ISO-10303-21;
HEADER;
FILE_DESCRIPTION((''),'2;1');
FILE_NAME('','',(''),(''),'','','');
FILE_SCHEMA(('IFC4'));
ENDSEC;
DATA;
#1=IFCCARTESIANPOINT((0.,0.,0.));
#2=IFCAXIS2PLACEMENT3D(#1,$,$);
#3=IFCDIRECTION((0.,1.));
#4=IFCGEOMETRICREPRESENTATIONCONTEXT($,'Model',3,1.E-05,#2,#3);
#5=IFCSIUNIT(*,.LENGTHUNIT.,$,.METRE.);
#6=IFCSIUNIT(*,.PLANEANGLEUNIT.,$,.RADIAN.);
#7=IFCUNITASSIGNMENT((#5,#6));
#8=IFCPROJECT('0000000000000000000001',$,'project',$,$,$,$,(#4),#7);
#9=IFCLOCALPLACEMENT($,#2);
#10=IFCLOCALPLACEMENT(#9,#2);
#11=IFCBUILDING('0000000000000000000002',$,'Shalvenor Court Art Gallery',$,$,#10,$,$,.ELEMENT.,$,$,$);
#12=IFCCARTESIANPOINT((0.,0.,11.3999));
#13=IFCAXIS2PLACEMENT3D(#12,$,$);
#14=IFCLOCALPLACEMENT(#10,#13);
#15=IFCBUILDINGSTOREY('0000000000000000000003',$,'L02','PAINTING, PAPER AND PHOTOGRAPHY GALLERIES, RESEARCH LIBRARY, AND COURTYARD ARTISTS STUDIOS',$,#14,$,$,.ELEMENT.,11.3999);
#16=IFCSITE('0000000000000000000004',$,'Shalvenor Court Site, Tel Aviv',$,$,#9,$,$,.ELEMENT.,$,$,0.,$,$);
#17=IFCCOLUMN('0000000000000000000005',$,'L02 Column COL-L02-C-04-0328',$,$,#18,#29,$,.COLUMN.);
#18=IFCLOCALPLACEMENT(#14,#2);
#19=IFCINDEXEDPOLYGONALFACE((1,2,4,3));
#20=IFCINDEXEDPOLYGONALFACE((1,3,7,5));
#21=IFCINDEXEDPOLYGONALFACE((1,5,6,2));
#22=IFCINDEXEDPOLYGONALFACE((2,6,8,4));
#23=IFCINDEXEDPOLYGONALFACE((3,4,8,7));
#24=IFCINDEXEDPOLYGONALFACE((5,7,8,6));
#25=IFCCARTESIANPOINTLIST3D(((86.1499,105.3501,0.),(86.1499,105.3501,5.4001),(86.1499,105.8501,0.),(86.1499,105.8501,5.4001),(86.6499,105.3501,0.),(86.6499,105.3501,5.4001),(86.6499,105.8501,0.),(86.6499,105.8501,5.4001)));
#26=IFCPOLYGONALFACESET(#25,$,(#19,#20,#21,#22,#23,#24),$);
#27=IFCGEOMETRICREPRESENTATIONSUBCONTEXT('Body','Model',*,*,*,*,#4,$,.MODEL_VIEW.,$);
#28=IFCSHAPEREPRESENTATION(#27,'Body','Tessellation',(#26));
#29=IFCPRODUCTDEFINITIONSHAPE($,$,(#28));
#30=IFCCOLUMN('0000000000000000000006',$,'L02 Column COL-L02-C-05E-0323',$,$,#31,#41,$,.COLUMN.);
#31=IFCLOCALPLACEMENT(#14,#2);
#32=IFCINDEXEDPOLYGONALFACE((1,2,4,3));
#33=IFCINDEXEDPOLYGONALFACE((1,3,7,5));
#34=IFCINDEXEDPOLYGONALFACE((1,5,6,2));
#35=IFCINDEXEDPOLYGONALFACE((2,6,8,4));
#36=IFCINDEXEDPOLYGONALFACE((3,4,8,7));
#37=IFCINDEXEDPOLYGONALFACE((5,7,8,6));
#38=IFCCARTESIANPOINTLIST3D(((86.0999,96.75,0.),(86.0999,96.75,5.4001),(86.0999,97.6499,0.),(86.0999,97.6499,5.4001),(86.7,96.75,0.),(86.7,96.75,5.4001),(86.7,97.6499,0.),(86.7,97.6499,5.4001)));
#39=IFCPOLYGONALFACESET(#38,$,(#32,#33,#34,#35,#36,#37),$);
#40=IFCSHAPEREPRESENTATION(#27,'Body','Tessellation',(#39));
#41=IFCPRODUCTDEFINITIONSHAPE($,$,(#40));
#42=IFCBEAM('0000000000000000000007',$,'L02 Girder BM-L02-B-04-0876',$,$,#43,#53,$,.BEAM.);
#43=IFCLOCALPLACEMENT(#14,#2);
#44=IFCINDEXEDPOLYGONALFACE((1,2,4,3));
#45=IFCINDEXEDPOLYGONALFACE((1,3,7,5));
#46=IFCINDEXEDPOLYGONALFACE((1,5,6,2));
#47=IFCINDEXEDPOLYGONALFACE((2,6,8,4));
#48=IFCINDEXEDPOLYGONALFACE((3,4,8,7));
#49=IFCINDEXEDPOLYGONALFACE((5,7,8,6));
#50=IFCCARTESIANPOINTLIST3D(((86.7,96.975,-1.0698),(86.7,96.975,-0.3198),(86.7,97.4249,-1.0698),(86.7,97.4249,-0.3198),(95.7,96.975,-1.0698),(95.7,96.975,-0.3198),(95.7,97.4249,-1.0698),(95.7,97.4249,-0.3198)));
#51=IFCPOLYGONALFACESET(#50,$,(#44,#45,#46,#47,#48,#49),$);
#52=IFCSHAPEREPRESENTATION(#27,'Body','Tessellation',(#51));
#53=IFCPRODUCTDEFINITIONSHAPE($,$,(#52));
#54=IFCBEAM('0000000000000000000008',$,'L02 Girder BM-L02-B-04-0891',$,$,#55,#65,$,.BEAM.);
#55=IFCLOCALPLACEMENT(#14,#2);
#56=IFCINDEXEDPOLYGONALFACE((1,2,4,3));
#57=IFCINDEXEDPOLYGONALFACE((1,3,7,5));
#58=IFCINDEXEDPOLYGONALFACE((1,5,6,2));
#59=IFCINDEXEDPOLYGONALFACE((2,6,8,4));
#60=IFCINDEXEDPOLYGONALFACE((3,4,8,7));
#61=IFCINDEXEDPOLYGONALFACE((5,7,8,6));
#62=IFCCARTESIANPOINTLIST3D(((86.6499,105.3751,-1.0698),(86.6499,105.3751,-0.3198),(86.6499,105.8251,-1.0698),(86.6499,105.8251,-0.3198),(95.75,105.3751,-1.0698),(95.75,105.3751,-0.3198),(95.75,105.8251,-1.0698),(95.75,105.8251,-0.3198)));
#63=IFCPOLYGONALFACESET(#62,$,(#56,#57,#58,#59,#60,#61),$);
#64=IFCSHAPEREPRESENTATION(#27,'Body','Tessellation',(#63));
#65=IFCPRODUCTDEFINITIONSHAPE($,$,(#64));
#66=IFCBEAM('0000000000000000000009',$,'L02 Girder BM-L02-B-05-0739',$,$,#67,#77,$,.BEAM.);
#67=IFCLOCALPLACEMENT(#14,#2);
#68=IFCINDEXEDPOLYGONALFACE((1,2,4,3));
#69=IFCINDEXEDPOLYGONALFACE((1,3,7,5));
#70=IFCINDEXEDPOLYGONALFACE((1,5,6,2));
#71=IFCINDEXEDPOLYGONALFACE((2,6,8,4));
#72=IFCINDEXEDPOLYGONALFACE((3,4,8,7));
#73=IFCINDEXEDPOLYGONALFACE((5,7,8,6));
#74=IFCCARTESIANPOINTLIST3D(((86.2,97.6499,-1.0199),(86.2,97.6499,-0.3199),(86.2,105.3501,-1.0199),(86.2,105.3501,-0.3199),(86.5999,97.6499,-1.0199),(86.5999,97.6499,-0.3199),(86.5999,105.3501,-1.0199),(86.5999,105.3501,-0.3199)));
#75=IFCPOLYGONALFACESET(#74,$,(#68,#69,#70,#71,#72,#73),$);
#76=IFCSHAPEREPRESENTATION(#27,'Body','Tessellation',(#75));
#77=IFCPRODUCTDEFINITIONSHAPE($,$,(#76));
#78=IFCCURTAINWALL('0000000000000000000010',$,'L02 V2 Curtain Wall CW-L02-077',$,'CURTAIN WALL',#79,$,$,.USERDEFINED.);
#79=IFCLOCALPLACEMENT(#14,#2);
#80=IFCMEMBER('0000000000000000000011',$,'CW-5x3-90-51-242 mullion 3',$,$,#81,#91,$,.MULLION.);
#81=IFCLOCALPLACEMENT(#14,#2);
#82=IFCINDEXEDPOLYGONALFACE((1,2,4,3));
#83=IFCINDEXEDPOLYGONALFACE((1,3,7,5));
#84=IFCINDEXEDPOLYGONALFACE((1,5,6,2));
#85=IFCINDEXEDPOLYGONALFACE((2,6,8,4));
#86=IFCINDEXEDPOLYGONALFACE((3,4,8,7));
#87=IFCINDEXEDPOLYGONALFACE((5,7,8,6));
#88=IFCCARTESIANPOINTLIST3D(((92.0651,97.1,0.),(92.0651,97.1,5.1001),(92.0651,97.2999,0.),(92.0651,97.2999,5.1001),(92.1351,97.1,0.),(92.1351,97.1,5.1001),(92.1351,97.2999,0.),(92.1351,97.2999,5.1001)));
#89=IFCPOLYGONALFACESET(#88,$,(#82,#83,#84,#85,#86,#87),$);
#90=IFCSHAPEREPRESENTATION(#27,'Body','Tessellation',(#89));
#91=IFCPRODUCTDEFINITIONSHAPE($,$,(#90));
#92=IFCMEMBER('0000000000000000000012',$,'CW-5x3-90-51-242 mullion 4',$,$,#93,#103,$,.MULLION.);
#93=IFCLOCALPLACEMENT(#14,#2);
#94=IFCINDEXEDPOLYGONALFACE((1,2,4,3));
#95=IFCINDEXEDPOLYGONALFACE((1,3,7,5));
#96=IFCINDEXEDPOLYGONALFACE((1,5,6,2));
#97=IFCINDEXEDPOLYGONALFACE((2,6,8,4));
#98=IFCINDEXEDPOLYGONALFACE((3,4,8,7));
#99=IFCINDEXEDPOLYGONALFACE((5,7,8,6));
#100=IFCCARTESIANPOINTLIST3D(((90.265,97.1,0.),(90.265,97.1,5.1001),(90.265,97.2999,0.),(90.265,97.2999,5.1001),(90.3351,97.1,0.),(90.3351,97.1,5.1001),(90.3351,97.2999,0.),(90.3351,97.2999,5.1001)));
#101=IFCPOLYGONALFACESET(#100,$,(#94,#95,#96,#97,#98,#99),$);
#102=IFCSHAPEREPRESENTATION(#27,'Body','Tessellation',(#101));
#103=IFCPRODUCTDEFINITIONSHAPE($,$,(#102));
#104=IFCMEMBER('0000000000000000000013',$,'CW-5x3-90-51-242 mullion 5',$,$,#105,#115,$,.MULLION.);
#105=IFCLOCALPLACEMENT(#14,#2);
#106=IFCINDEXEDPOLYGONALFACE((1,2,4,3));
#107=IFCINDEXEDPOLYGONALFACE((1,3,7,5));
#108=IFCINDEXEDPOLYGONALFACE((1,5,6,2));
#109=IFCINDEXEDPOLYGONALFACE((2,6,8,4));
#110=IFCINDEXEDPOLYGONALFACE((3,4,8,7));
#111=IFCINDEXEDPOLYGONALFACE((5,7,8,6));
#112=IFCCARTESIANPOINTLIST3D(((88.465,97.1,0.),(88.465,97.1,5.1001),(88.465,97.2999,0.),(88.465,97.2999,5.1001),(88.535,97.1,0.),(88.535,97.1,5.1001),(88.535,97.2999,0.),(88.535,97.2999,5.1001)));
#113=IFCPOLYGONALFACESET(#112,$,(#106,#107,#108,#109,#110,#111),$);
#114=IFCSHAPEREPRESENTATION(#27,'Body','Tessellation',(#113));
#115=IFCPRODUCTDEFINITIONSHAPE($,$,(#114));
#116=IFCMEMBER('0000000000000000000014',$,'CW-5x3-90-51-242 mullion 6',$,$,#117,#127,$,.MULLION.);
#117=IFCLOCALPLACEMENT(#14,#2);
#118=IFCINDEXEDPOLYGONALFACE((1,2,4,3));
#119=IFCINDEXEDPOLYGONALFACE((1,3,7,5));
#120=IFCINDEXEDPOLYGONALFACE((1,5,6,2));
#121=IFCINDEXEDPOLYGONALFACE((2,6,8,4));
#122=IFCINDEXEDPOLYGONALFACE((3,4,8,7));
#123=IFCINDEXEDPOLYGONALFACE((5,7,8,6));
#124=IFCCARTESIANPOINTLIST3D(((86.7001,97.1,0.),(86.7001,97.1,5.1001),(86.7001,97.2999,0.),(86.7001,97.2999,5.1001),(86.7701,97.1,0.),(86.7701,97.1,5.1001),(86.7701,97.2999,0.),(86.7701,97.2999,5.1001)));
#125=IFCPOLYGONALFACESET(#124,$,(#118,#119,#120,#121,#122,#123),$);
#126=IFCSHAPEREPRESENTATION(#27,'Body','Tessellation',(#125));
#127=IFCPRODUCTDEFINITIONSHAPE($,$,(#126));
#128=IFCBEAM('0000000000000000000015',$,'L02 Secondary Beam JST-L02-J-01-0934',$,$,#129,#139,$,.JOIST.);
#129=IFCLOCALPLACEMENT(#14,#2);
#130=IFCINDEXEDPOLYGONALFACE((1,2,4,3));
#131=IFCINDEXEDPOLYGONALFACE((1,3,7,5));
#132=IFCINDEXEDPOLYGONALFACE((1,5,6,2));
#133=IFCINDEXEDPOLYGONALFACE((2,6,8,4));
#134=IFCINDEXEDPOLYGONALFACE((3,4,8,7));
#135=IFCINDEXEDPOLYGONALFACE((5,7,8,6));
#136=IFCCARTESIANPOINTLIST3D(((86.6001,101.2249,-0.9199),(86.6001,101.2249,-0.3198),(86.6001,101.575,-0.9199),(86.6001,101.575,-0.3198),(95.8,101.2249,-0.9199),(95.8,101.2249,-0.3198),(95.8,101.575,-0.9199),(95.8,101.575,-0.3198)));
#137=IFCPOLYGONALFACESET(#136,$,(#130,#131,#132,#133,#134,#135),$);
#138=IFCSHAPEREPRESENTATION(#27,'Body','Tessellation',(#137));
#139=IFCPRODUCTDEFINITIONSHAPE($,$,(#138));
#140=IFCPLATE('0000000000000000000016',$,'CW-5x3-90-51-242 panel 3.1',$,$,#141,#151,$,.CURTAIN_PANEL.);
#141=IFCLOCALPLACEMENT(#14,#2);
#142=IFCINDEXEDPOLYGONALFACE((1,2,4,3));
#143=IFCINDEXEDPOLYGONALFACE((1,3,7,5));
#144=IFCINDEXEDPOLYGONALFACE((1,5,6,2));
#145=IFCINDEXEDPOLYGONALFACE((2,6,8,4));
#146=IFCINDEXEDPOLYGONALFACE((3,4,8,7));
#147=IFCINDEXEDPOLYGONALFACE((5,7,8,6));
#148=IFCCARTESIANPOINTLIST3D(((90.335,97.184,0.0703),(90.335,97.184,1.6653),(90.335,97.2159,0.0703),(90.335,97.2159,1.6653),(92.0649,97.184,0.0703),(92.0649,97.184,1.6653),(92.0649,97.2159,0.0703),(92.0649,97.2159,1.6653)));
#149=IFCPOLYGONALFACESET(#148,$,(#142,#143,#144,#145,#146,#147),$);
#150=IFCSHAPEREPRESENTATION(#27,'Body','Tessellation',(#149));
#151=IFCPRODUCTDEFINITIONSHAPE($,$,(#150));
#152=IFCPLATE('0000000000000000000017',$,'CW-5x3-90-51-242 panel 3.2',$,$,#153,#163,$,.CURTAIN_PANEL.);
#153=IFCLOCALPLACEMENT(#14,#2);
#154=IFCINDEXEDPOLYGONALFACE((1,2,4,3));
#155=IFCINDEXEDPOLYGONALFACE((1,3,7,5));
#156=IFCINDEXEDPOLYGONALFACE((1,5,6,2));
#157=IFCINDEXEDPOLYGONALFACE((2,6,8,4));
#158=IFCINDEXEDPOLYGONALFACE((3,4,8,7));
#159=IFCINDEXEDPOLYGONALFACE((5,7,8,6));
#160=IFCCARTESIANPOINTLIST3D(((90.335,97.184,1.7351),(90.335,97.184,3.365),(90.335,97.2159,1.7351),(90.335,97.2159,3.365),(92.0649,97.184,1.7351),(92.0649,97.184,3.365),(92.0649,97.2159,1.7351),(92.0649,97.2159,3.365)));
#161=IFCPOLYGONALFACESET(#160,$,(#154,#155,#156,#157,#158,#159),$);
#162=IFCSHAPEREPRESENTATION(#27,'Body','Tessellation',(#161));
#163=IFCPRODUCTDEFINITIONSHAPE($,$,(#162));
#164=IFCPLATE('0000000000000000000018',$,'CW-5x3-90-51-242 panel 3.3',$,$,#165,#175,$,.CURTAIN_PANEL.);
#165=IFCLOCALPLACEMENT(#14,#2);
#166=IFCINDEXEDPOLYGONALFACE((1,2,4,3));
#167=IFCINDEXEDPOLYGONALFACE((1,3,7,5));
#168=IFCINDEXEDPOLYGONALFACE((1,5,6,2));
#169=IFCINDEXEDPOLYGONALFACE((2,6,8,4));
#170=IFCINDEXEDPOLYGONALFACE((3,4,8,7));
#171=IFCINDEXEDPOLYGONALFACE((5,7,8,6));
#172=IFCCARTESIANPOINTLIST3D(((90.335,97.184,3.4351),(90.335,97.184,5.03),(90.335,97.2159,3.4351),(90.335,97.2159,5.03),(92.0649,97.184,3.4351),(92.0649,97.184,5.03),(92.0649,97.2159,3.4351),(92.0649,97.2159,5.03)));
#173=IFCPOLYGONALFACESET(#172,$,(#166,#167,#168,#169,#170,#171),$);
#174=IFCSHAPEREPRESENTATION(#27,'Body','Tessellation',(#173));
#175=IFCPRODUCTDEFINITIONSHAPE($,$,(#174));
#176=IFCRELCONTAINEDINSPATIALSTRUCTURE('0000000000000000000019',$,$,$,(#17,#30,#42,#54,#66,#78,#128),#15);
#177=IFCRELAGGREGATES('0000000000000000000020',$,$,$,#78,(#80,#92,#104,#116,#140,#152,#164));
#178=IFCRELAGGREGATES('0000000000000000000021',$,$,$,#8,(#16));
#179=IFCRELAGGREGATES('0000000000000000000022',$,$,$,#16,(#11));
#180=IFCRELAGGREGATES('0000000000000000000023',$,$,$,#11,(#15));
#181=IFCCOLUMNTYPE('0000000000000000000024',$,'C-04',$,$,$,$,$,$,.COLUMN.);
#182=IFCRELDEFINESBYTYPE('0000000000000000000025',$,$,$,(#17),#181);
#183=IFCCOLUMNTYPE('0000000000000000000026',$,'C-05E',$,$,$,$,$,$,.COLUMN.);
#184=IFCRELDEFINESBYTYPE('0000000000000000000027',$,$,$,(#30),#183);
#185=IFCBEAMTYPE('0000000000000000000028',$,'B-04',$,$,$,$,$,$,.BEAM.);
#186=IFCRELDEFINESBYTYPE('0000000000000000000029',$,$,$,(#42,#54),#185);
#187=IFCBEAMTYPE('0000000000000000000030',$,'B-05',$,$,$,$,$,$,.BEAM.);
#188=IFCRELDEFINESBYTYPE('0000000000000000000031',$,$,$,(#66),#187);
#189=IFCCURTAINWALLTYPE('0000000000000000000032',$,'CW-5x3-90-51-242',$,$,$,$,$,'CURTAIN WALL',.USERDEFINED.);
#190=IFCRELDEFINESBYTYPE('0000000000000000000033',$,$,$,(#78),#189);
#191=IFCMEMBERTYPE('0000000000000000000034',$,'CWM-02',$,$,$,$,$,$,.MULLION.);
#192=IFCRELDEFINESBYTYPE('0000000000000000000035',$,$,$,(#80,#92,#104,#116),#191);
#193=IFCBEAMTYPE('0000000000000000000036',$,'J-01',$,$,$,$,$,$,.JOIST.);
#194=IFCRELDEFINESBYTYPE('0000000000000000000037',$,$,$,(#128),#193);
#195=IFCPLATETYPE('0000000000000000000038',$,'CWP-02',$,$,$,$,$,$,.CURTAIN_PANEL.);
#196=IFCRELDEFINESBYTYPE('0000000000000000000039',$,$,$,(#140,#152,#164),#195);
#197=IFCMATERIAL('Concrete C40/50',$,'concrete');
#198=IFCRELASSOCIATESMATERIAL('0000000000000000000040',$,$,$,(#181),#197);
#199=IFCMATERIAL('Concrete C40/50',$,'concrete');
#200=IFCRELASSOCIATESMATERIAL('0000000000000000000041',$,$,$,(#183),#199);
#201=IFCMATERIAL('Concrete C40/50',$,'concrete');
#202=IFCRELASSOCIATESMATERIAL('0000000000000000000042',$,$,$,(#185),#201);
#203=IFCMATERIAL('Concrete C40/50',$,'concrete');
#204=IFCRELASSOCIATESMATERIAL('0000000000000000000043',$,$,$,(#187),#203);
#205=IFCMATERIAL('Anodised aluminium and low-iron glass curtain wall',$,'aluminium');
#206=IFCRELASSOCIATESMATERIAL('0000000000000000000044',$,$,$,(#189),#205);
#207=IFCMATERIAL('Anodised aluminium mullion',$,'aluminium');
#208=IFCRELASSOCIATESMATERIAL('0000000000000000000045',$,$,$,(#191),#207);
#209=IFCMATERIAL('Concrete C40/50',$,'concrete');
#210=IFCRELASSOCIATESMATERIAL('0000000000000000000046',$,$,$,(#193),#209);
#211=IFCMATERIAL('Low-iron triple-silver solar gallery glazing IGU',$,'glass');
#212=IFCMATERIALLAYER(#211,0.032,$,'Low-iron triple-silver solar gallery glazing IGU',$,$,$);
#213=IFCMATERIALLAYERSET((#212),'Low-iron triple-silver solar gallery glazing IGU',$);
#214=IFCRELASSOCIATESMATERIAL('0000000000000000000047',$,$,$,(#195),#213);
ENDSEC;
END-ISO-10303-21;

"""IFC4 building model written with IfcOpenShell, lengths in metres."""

from ifc_helpers import new_model, si_unit, direction, frame, origin, origin_2d, place, context, subcontext, project, spatial, rectangle, extrude, material, layer, layer_set, material_profile, profile_set, type_object, element, aggregate, save


model = new_model("IFC4")

# Units and contexts
model_context = context("Model", 3, precision=1e-05, world=origin(), true_north=direction((0.0, 1.0)))
body_context = subcontext(model_context, "Body", "Model", "MODEL_VIEW")
ifc_project = project(units=[si_unit("LENGTHUNIT", "METRE"), si_unit("PLANEANGLEUNIT", "RADIAN")], contexts=[model_context])

# Site, building, storey
site_placement = place(None, origin())
site = spatial("IfcSite", under=ifc_project, at=site_placement, Name="Shalvenor Court Site, Tel Aviv", CompositionType="ELEMENT", RefElevation=0.0)
building_placement = place(site_placement, origin())
building = spatial("IfcBuilding", under=site, at=building_placement, Name="Shalvenor Court Art Gallery", CompositionType="ELEMENT")
storey_placement = place(building_placement, frame((0.0, 0.0, 11.3999)))
storey = spatial("IfcBuildingStorey", under=building, at=storey_placement, Name="L02", Description="PAINTING, PAPER AND PHOTOGRAPHY GALLERIES, RESEARCH LIBRARY, AND COURTYARD ARTISTS STUDIOS", CompositionType="ELEMENT", Elevation=11.3999)

# Columns
ifc_material_1 = material(Name="Concrete C40/50", Category="concrete")
ifc_material_profile_1 = material_profile(ifc_material_1, rectangle(XDim=0.5, YDim=0.5, at=origin_2d()), Name="RC 500x500")
ifc_profile_set_1 = profile_set([ifc_material_profile_1], Name="Concrete C40/50")
column_type_1 = type_object("IfcColumnType", Name="C-04", PredefinedType="COLUMN", material=ifc_profile_set_1)
column_1_placement = place(storey_placement, frame((86.3999, 105.6001, 0.0), z_axis=(0.0, 0.0, 1.0), x_axis=(1.0, 0.0, 0.0)))
element("IfcColumn", 1, at=column_1_placement, inside=storey, type_object=column_type_1, Name="L02 Column COL-L02-C-04-0328", PredefinedType="COLUMN", context=body_context, shape_type="SweptSolid", body=[
    extrude(rectangle(XDim=0.5, YDim=0.5, at=origin_2d()), origin(), (0.0, 0.0, 1.0), 5.4001),
])
ifc_material_2 = material(Name="Concrete C40/50", Category="concrete")
ifc_material_profile_2 = material_profile(ifc_material_2, rectangle(XDim=0.6001, YDim=0.8999, at=origin_2d()), Name="RC 600x900")
ifc_profile_set_2 = profile_set([ifc_material_profile_2], Name="Concrete C40/50")
column_type_2 = type_object("IfcColumnType", Name="C-05E", PredefinedType="COLUMN", material=ifc_profile_set_2)
column_2_placement = place(storey_placement, frame((86.3999, 97.2, 0.0), z_axis=(0.0, 0.0, 1.0), x_axis=(1.0, 0.0, 0.0)))
element("IfcColumn", 2, at=column_2_placement, inside=storey, type_object=column_type_2, Name="L02 Column COL-L02-C-05E-0323", PredefinedType="COLUMN", context=body_context, shape_type="SweptSolid", body=[
    extrude(rectangle(XDim=0.6001, YDim=0.8999, at=origin_2d()), origin(), (0.0, 0.0, 1.0), 5.4001),
])

# Beams
ifc_material_3 = material(Name="Concrete C40/50", Category="concrete")
ifc_material_profile_3 = material_profile(ifc_material_3, rectangle(XDim=0.45, YDim=0.75, at=origin_2d()), Name="RC 450x750")
ifc_profile_set_3 = profile_set([ifc_material_profile_3], Name="Concrete C40/50")
beam_type_1 = type_object("IfcBeamType", Name="B-04", PredefinedType="BEAM", material=ifc_profile_set_3)
beam_1_placement = place(storey_placement, frame((86.7, 97.2, -0.6948), z_axis=(1.0, 0.0, 0.0), x_axis=(0.0, 1.0, 0.0)))
element("IfcBeam", 3, at=beam_1_placement, inside=storey, type_object=beam_type_1, Name="L02 Girder BM-L02-B-04-0876", PredefinedType="BEAM", context=body_context, shape_type="SweptSolid", body=[
    extrude(rectangle(XDim=0.45, YDim=0.75, at=origin_2d()), origin(), (0.0, 0.0, 1.0), 9.0),
])
beam_2_placement = place(storey_placement, frame((86.6499, 105.6001, -0.6948), z_axis=(1.0, 0.0, 0.0), x_axis=(0.0, 1.0, 0.0)))
element("IfcBeam", 4, at=beam_2_placement, inside=storey, type_object=beam_type_1, Name="L02 Girder BM-L02-B-04-0891", PredefinedType="BEAM", context=body_context, shape_type="SweptSolid", body=[
    extrude(rectangle(XDim=0.45, YDim=0.75, at=origin_2d()), origin(), (0.0, 0.0, 1.0), 9.1001),
])
ifc_material_4 = material(Name="Concrete C40/50", Category="concrete")
ifc_material_profile_4 = material_profile(ifc_material_4, rectangle(XDim=0.3999, YDim=0.7, at=origin_2d()), Name="RC 400x700")
ifc_profile_set_4 = profile_set([ifc_material_profile_4], Name="Concrete C40/50")
beam_type_2 = type_object("IfcBeamType", Name="B-05", PredefinedType="BEAM", material=ifc_profile_set_4)
beam_3_placement = place(storey_placement, frame((86.3999, 97.6499, -0.6699), z_axis=(0.0, 1.0, 0.0), x_axis=(-1.0, 0.0, 0.0)))
element("IfcBeam", 5, at=beam_3_placement, inside=storey, type_object=beam_type_2, Name="L02 Girder BM-L02-B-05-0739", PredefinedType="BEAM", context=body_context, shape_type="SweptSolid", body=[
    extrude(rectangle(XDim=0.3999, YDim=0.7, at=origin_2d()), origin(), (0.0, 0.0, 1.0), 7.7002),
])

# Curtain wall, members
ifc_material_5 = material(Name="Anodised aluminium and low-iron glass curtain wall", Category="aluminium")
curtain_wall_type = type_object("IfcCurtainWallType", Name="CW-5x3-90-51-242", ElementType="CURTAIN WALL", PredefinedType="USERDEFINED", material=ifc_material_5)
curtain_wall_placement = place(storey_placement, origin())
curtain_wall = element("IfcCurtainWall", 6, at=curtain_wall_placement, inside=storey, type_object=curtain_wall_type, Name="L02 V2 Curtain Wall CW-L02-077", ObjectType="CURTAIN WALL", PredefinedType="USERDEFINED")
ifc_material_6 = material(Name="Anodised aluminium mullion", Category="aluminium")
ifc_material_profile_5 = material_profile(ifc_material_6, rectangle(XDim=0.0701, YDim=0.2, at=origin_2d()), Name="CWM-02")
ifc_profile_set_5 = profile_set([ifc_material_profile_5], Name="Anodised aluminium mullion")
member_type = type_object("IfcMemberType", Name="CWM-02", PredefinedType="MULLION", material=ifc_profile_set_5)
member_1_placement = place(storey_placement, frame((92.1001, 97.2, 0.0), z_axis=(0.0, 0.0, 1.0), x_axis=(-1.0, 0.0, 0.0)))
member_1 = element("IfcMember", 7, at=member_1_placement, type_object=member_type, Name="CW-5x3-90-51-242 mullion 3", PredefinedType="MULLION", context=body_context, shape_type="SweptSolid", body=[
    extrude(rectangle(XDim=0.0701, YDim=0.2, at=origin_2d()), origin(), (0.0, 0.0, 1.0), 5.1001),
])
member_2_placement = place(storey_placement, frame((90.3, 97.2, 0.0), z_axis=(0.0, 0.0, 1.0), x_axis=(-1.0, 0.0, 0.0)))
member_2 = element("IfcMember", 8, at=member_2_placement, type_object=member_type, Name="CW-5x3-90-51-242 mullion 4", PredefinedType="MULLION", context=body_context, shape_type="SweptSolid", body=[
    extrude(rectangle(XDim=0.0701, YDim=0.2, at=origin_2d()), origin(), (0.0, 0.0, 1.0), 5.1001),
])
member_3_placement = place(storey_placement, frame((88.5, 97.2, 0.0), z_axis=(0.0, 0.0, 1.0), x_axis=(-1.0, 0.0, 0.0)))
member_3 = element("IfcMember", 9, at=member_3_placement, type_object=member_type, Name="CW-5x3-90-51-242 mullion 5", PredefinedType="MULLION", context=body_context, shape_type="SweptSolid", body=[
    extrude(rectangle(XDim=0.0701, YDim=0.2, at=origin_2d()), origin(), (0.0, 0.0, 1.0), 5.1001),
])
member_4_placement = place(storey_placement, frame((86.7351, 97.2, 0.0), z_axis=(0.0, 0.0, 1.0), x_axis=(-1.0, 0.0, 0.0)))
member_4 = element("IfcMember", 10, at=member_4_placement, type_object=member_type, Name="CW-5x3-90-51-242 mullion 6", PredefinedType="MULLION", context=body_context, shape_type="SweptSolid", body=[
    extrude(rectangle(XDim=0.0701, YDim=0.2, at=origin_2d()), origin(), (0.0, 0.0, 1.0), 5.1001),
])

# Beam
ifc_material_7 = material(Name="Concrete C40/50", Category="concrete")
ifc_material_profile_6 = material_profile(ifc_material_7, rectangle(XDim=0.3501, YDim=0.6001, at=origin_2d()), Name="RC 350x600")
ifc_profile_set_6 = profile_set([ifc_material_profile_6], Name="Concrete C40/50")
beam_type_3 = type_object("IfcBeamType", Name="J-01", PredefinedType="JOIST", material=ifc_profile_set_6)
beam_4_placement = place(storey_placement, frame((86.6001, 101.3999, -0.6199), z_axis=(1.0, 0.0, 0.0), x_axis=(0.0, 1.0, 0.0)))
element("IfcBeam", 11, at=beam_4_placement, inside=storey, type_object=beam_type_3, Name="L02 Secondary Beam JST-L02-J-01-0934", PredefinedType="JOIST", context=body_context, shape_type="SweptSolid", body=[
    extrude(rectangle(XDim=0.3501, YDim=0.6001, at=origin_2d()), origin(), (0.0, 0.0, 1.0), 9.2),
])

# Plates
ifc_material_8 = material(Name="Low-iron triple-silver solar gallery glazing IGU", Category="glass")
ifc_layer_1 = layer(ifc_material_8, 0.032, Name="Low-iron triple-silver solar gallery glazing IGU")
ifc_layer_set_1 = layer_set([ifc_layer_1], Name="Low-iron triple-silver solar gallery glazing IGU")
plate_type_1 = type_object("IfcPlateType", Name="CWP-02", PredefinedType="CURTAIN_PANEL", material=ifc_layer_set_1)
plate_1_placement = place(storey_placement, frame((91.2, 97.2, 0.0703), z_axis=(0.0, 0.0, 1.0), x_axis=(-1.0, 0.0, 0.0)))
plate_1 = element("IfcPlate", 12, at=plate_1_placement, type_object=plate_type_1, Name="CW-5x3-90-51-242 panel 3.1", PredefinedType="CURTAIN_PANEL", context=body_context, shape_type="SweptSolid", body=[
    extrude(rectangle(XDim=1.73, YDim=0.032, at=origin_2d()), origin(), (0.0, 0.0, 1.0), 1.595),
])
plate_2_placement = place(storey_placement, frame((91.2, 97.2, 1.7351), z_axis=(0.0, 0.0, 1.0), x_axis=(-1.0, 0.0, 0.0)))
plate_2 = element("IfcPlate", 13, at=plate_2_placement, type_object=plate_type_1, Name="CW-5x3-90-51-242 panel 3.2", PredefinedType="CURTAIN_PANEL", context=body_context, shape_type="SweptSolid", body=[
    extrude(rectangle(XDim=1.73, YDim=0.032, at=origin_2d()), origin(), (0.0, 0.0, 1.0), 1.6299),
])
plate_3_placement = place(storey_placement, frame((91.2, 97.2, 3.4351), z_axis=(0.0, 0.0, 1.0), x_axis=(-1.0, 0.0, 0.0)))
plate_3 = element("IfcPlate", 14, at=plate_3_placement, type_object=plate_type_1, Name="CW-5x3-90-51-242 panel 3.3", PredefinedType="CURTAIN_PANEL", context=body_context, shape_type="SweptSolid", body=[
    extrude(rectangle(XDim=1.73, YDim=0.032, at=origin_2d()), origin(), (0.0, 0.0, 1.0), 1.595),
])
aggregate(curtain_wall, [member_1, member_2, member_3, member_4, plate_1, plate_2, plate_3])

save(model, "model.ifc")
